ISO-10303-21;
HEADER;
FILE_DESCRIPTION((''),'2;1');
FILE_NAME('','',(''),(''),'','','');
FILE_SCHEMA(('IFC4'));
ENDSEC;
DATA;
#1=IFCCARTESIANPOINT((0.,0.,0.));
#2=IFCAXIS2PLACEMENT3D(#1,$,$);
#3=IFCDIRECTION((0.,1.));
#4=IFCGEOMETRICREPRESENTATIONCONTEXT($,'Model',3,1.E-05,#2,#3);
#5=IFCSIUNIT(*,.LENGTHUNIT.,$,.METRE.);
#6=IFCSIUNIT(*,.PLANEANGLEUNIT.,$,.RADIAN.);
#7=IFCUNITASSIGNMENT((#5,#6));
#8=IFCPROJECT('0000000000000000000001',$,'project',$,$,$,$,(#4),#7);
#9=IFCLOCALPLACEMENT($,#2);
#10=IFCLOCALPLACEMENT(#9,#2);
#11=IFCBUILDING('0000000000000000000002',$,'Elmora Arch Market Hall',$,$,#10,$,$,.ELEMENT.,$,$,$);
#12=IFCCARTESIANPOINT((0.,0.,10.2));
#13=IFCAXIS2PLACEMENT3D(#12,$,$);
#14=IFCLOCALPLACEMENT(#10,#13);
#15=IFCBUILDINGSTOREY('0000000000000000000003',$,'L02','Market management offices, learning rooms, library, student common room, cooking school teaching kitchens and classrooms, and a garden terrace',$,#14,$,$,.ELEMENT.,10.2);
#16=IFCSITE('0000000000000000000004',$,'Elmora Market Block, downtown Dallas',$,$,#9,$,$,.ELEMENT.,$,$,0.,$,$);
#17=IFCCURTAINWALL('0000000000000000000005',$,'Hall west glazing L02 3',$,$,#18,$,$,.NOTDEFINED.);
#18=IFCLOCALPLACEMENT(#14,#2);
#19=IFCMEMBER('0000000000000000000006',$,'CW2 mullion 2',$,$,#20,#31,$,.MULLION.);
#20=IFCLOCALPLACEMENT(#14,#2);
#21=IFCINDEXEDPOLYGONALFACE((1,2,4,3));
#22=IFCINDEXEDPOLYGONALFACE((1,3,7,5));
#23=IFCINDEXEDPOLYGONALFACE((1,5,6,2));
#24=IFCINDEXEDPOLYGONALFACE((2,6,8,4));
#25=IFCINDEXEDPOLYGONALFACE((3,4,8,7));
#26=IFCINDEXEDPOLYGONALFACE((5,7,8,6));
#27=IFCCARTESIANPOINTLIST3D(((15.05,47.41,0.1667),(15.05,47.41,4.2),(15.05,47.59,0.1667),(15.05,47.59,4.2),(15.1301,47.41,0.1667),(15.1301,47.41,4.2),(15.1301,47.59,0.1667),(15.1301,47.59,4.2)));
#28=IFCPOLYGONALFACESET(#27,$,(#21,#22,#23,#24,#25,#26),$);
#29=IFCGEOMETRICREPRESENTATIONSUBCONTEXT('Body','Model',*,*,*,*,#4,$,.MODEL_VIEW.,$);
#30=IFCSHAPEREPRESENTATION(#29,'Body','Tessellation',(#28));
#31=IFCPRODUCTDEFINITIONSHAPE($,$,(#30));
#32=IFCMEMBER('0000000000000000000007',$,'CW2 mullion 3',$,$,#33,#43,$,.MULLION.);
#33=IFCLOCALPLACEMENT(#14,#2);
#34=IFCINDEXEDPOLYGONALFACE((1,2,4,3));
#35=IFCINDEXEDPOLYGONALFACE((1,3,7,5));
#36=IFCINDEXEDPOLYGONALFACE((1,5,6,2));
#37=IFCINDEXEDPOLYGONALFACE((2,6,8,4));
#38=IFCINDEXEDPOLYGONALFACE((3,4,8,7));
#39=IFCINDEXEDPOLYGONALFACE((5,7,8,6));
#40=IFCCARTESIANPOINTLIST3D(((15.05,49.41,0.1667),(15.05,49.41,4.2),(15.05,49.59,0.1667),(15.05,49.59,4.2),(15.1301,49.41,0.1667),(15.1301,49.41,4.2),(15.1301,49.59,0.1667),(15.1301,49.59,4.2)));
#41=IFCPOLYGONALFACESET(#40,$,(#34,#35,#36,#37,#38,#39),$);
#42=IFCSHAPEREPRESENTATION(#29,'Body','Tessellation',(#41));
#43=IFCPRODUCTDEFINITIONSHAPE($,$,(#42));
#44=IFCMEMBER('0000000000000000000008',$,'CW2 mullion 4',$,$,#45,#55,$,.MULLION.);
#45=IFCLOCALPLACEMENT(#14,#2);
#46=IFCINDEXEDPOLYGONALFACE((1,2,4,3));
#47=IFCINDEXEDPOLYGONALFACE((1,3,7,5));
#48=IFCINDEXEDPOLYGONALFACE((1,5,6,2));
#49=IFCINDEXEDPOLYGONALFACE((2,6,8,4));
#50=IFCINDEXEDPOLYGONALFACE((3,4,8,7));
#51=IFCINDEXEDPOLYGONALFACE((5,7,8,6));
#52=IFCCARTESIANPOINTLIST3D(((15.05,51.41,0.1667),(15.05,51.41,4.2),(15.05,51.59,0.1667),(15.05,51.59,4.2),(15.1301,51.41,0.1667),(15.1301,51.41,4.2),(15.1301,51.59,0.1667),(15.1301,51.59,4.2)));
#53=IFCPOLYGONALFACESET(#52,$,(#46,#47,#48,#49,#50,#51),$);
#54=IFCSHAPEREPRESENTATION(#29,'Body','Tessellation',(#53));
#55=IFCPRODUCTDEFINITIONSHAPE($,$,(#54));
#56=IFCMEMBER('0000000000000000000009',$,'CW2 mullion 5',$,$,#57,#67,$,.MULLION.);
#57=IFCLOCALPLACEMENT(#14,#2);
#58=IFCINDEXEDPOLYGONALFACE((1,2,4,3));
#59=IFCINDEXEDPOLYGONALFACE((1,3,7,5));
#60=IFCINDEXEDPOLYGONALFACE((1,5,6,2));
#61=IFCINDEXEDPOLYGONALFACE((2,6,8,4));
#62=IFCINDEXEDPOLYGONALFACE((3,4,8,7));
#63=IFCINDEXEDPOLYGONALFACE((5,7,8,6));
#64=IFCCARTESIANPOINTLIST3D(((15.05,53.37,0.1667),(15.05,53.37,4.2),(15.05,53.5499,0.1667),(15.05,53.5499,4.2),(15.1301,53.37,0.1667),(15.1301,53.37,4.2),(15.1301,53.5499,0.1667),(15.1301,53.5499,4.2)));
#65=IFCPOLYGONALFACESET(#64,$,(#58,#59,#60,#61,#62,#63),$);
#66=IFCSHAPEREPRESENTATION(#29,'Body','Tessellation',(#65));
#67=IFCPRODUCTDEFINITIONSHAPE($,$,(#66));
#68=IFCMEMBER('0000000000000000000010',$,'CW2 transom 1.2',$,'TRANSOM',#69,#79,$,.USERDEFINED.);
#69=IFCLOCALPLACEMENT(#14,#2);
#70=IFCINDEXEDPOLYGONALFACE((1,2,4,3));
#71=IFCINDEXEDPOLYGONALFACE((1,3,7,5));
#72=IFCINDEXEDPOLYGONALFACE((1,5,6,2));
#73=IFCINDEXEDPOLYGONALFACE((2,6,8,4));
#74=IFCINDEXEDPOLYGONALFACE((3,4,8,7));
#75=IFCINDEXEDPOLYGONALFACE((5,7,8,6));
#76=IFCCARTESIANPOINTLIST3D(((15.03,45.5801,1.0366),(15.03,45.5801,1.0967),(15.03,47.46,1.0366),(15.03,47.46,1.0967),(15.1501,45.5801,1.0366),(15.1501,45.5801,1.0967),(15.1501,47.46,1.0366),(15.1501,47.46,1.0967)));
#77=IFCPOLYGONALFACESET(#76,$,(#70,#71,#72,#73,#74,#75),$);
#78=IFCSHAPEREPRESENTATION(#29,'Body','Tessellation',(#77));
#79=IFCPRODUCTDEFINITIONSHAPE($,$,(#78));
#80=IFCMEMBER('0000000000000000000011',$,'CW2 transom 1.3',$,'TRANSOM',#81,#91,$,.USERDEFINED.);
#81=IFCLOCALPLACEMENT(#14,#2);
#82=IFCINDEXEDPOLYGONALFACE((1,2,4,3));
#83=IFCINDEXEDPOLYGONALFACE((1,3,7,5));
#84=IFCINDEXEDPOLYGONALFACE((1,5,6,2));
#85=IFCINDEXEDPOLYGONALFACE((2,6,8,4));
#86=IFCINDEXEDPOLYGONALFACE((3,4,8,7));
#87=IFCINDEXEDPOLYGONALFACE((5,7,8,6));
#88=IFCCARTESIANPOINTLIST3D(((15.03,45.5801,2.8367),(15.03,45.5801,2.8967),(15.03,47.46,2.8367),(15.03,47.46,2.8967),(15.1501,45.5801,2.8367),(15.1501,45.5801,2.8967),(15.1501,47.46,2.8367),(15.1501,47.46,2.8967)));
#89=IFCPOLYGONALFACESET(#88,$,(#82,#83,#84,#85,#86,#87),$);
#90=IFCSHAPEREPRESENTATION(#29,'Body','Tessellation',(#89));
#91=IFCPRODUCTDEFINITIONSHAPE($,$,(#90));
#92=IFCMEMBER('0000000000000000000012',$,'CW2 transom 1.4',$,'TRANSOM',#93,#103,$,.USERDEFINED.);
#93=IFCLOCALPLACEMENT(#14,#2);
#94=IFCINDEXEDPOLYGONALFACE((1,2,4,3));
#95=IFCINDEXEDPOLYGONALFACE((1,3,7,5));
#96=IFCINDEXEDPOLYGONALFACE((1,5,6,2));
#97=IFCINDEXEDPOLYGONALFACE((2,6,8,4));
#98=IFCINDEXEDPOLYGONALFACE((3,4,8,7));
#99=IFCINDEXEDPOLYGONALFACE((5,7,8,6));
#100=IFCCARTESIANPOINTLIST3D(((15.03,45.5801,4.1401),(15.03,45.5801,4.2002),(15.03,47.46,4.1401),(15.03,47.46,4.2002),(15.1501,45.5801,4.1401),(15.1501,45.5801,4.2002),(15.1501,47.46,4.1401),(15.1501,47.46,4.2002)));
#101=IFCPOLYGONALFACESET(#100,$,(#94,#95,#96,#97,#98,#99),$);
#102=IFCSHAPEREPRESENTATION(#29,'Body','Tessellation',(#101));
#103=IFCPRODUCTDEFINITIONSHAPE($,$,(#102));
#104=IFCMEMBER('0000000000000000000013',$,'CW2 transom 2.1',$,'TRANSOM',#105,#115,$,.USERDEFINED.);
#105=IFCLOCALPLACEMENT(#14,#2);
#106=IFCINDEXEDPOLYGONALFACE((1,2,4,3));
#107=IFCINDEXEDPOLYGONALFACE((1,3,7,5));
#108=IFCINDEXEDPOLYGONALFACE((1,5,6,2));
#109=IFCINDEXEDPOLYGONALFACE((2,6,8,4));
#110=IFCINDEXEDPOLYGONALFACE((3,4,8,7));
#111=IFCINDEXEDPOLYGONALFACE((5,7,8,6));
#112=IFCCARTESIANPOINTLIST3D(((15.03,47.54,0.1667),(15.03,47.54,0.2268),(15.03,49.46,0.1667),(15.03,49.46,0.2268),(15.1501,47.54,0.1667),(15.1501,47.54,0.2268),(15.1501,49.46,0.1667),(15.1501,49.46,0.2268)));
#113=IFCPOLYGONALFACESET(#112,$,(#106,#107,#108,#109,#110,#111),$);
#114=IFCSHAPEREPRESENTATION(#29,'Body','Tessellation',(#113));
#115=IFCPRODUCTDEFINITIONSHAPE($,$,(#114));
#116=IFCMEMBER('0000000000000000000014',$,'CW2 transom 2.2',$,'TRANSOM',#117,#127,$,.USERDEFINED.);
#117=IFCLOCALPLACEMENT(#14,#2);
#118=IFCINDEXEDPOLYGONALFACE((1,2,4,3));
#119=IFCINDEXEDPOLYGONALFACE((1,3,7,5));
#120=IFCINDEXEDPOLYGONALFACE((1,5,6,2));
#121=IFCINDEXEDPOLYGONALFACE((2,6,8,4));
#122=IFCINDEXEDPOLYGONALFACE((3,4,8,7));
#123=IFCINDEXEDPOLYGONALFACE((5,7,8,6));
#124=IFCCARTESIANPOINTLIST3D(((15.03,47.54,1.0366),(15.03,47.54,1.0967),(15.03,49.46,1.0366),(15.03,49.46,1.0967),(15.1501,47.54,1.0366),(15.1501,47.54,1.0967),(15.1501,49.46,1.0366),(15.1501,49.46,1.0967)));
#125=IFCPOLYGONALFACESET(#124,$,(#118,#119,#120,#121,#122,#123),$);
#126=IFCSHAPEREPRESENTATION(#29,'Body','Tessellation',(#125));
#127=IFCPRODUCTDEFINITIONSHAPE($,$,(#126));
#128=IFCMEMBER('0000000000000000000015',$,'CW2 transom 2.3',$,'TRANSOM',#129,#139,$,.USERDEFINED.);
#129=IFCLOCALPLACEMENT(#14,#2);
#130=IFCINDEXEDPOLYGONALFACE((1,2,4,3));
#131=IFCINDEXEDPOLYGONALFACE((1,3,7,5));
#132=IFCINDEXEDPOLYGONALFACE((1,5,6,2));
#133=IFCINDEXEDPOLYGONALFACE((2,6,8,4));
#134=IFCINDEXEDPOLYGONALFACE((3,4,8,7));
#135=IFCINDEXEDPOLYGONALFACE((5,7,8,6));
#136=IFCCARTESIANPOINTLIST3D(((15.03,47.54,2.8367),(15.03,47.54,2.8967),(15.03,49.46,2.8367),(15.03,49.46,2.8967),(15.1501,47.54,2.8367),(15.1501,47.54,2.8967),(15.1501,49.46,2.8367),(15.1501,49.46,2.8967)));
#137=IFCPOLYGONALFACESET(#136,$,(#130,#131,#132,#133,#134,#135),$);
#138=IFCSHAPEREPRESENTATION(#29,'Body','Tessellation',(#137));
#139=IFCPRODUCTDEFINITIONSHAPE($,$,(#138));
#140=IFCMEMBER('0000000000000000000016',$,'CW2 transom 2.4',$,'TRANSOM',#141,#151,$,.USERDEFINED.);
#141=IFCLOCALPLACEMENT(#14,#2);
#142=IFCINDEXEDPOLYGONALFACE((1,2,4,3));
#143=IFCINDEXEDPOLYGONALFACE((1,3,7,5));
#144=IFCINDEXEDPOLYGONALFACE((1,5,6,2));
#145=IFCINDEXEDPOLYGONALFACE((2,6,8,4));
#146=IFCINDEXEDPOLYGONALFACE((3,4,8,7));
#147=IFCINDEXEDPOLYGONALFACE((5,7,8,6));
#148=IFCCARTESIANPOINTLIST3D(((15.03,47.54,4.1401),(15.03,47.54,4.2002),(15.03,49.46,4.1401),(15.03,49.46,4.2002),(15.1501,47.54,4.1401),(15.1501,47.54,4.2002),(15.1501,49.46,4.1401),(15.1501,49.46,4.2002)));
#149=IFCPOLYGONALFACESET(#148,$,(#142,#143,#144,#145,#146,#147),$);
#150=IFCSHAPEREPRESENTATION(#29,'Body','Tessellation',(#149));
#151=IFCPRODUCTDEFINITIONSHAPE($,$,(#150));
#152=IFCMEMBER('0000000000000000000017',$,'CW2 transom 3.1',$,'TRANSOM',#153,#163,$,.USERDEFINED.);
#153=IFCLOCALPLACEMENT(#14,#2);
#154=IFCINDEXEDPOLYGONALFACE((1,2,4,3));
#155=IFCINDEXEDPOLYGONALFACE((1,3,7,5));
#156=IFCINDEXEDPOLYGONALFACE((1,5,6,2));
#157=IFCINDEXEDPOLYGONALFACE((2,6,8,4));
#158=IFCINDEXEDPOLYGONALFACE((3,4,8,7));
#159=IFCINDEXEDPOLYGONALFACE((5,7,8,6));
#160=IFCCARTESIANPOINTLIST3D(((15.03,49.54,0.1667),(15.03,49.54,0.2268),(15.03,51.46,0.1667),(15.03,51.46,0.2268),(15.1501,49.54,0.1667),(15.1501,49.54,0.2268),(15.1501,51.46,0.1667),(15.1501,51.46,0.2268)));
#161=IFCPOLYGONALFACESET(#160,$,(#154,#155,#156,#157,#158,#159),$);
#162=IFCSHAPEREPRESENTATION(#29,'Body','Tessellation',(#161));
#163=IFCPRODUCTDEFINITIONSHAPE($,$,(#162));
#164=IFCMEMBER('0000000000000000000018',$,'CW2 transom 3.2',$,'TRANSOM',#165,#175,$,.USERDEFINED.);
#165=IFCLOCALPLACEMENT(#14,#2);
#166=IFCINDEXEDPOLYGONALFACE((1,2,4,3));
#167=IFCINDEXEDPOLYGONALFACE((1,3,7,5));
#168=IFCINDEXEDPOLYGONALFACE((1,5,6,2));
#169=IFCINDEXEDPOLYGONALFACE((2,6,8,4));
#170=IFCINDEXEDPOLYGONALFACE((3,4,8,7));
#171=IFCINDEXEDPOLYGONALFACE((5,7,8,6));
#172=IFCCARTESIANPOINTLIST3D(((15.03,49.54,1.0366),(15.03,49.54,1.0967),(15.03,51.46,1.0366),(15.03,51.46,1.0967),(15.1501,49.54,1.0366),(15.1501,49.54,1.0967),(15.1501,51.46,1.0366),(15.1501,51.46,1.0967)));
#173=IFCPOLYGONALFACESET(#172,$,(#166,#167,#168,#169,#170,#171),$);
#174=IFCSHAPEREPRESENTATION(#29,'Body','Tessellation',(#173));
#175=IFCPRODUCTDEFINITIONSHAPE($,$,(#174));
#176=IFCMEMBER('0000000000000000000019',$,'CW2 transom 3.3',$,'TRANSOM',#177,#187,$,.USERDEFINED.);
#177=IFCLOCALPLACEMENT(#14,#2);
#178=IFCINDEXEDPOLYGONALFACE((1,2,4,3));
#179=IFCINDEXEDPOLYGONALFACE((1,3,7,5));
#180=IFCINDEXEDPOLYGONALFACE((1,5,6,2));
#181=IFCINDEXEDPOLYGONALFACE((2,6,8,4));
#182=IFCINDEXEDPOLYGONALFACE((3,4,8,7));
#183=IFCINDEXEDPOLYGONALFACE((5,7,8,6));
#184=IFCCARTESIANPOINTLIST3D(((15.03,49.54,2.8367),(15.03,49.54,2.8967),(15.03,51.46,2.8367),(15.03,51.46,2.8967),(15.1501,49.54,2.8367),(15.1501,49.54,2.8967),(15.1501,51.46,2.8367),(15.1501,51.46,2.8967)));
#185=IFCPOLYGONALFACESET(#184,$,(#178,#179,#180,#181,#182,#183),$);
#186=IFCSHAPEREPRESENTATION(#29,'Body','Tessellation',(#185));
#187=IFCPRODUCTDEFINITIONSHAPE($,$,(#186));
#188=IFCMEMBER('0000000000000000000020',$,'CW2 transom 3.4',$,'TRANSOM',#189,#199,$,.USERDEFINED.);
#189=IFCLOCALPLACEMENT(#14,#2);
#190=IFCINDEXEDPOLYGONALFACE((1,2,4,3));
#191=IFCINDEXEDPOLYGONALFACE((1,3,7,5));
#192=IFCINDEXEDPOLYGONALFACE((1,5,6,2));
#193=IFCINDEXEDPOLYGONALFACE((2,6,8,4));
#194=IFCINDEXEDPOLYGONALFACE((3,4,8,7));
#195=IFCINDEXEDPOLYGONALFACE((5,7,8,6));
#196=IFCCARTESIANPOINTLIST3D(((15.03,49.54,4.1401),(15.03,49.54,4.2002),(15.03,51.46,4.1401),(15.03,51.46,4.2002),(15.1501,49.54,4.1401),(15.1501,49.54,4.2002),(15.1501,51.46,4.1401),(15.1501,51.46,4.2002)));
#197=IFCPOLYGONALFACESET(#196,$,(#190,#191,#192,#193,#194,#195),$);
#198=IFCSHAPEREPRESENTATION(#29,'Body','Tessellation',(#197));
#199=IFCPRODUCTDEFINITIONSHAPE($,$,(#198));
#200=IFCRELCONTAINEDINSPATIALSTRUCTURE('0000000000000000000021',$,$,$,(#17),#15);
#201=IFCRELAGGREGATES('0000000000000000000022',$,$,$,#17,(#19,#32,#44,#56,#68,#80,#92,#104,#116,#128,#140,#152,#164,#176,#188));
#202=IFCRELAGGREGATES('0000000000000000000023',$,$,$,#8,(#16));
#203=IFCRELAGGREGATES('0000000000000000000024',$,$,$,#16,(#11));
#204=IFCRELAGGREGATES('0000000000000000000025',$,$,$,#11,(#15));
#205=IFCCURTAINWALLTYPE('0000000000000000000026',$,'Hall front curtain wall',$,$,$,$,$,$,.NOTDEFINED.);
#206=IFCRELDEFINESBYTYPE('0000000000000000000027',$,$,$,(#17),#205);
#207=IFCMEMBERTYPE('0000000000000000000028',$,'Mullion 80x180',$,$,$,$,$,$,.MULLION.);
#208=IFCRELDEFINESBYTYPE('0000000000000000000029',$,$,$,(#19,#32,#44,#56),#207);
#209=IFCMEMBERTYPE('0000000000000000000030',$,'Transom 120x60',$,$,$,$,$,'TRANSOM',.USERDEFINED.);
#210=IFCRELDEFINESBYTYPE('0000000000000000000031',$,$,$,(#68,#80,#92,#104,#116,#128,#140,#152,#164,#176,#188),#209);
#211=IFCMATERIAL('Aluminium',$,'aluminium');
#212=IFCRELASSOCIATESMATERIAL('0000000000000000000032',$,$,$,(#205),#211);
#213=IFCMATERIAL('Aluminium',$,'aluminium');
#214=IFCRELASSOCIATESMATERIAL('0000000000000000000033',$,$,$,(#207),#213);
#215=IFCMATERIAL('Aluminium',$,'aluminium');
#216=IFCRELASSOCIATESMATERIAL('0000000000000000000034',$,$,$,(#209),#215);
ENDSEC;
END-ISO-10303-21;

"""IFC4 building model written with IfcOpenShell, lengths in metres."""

from ifc_helpers import new_model, si_unit, direction, frame, origin, origin_2d, place, context, subcontext, project, spatial, rectangle, extrude, material, material_profile, profile_set, type_object, element, aggregate, save


model = new_model("IFC4")

# Units and contexts
model_context = context("Model", 3, precision=1e-05, world=origin(), true_north=direction((0.0, 1.0)))
body_context = subcontext(model_context, "Body", "Model", "MODEL_VIEW")
ifc_project = project(units=[si_unit("LENGTHUNIT", "METRE"), si_unit("PLANEANGLEUNIT", "RADIAN")], contexts=[model_context])

# Site, building, storey
site_placement = place(None, origin())
site = spatial("IfcSite", under=ifc_project, at=site_placement, Name="Elmora Market Block, downtown Dallas", CompositionType="ELEMENT", RefElevation=0.0)
building_placement = place(site_placement, origin())
building = spatial("IfcBuilding", under=site, at=building_placement, Name="Elmora Arch Market Hall", CompositionType="ELEMENT")
storey_placement = place(building_placement, frame((0.0, 0.0, 10.2)))
storey = spatial("IfcBuildingStorey", under=building, at=storey_placement, Name="L02", Description="Market management offices, learning rooms, library, student common room, cooking school teaching kitchens and classrooms, and a garden terrace", CompositionType="ELEMENT", Elevation=10.2)

# Curtain wall, members
ifc_material_1 = material(Name="Aluminium", Category="aluminium")
curtain_wall_type = type_object("IfcCurtainWallType", Name="Hall front curtain wall", PredefinedType="NOTDEFINED", material=ifc_material_1)
curtain_wall_placement = place(storey_placement, origin())
curtain_wall = element("IfcCurtainWall", 1, at=curtain_wall_placement, inside=storey, type_object=curtain_wall_type, Name="Hall west glazing L02 3", PredefinedType="NOTDEFINED")
ifc_material_2 = material(Name="Aluminium", Category="aluminium")
ifc_material_profile_1 = material_profile(ifc_material_2, rectangle(XDim=0.0801, YDim=0.1799, at=origin_2d()), Name="AL 80x180")
ifc_profile_set_1 = profile_set([ifc_material_profile_1], Name="Aluminium")
member_type_1 = type_object("IfcMemberType", Name="Mullion 80x180", PredefinedType="MULLION", material=ifc_profile_set_1)
member_1_placement = place(storey_placement, frame((15.0901, 47.5, 0.1667), z_axis=(0.0, 0.0, 1.0), x_axis=(-1.0, 0.0, 0.0)))
member_1 = element("IfcMember", 2, at=member_1_placement, type_object=member_type_1, Name="CW2 mullion 2", PredefinedType="MULLION", context=body_context, shape_type="SweptSolid", body=[
    extrude(rectangle(XDim=0.0801, YDim=0.1799, at=origin_2d()), origin(), (0.0, 0.0, 1.0), 4.0332),
])
member_2_placement = place(storey_placement, frame((15.0901, 49.5, 0.1667), z_axis=(0.0, 0.0, 1.0), x_axis=(-1.0, 0.0, 0.0)))
member_2 = element("IfcMember", 3, at=member_2_placement, type_object=member_type_1, Name="CW2 mullion 3", PredefinedType="MULLION", context=body_context, shape_type="SweptSolid", body=[
    extrude(rectangle(XDim=0.0801, YDim=0.1799, at=origin_2d()), origin(), (0.0, 0.0, 1.0), 4.0332),
])
member_3_placement = place(storey_placement, frame((15.0901, 51.5, 0.1667), z_axis=(0.0, 0.0, 1.0), x_axis=(-1.0, 0.0, 0.0)))
member_3 = element("IfcMember", 4, at=member_3_placement, type_object=member_type_1, Name="CW2 mullion 4", PredefinedType="MULLION", context=body_context, shape_type="SweptSolid", body=[
    extrude(rectangle(XDim=0.0801, YDim=0.1799, at=origin_2d()), origin(), (0.0, 0.0, 1.0), 4.0332),
])
member_4_placement = place(storey_placement, frame((15.0901, 53.46, 0.1667), z_axis=(0.0, 0.0, 1.0), x_axis=(-1.0, 0.0, 0.0)))
member_4 = element("IfcMember", 5, at=member_4_placement, type_object=member_type_1, Name="CW2 mullion 5", PredefinedType="MULLION", context=body_context, shape_type="SweptSolid", body=[
    extrude(rectangle(XDim=0.0801, YDim=0.1799, at=origin_2d()), origin(), (0.0, 0.0, 1.0), 4.0332),
])
ifc_material_3 = material(Name="Aluminium", Category="aluminium")
ifc_material_profile_2 = material_profile(ifc_material_3, rectangle(XDim=0.1201, YDim=0.0601, at=origin_2d()), Name="AL 120x60")
ifc_profile_set_2 = profile_set([ifc_material_profile_2], Name="Aluminium")
member_type_2 = type_object("IfcMemberType", Name="Transom 120x60", ElementType="TRANSOM", PredefinedType="USERDEFINED", material=ifc_profile_set_2)
member_5_placement = place(storey_placement, frame((15.0901, 45.5801, 1.0667), z_axis=(0.0, 1.0, 0.0), x_axis=(-1.0, 0.0, 0.0)))
member_5 = element("IfcMember", 6, at=member_5_placement, type_object=member_type_2, Name="CW2 transom 1.2", ObjectType="TRANSOM", PredefinedType="USERDEFINED", context=body_context, shape_type="SweptSolid", body=[
    extrude(rectangle(XDim=0.1201, YDim=0.0601, at=origin_2d()), origin(), (0.0, 0.0, 1.0), 1.8799),
])
member_6_placement = place(storey_placement, frame((15.0901, 45.5801, 2.8667), z_axis=(0.0, 1.0, 0.0), x_axis=(-1.0, 0.0, 0.0)))
member_6 = element("IfcMember", 7, at=member_6_placement, type_object=member_type_2, Name="CW2 transom 1.3", ObjectType="TRANSOM", PredefinedType="USERDEFINED", context=body_context, shape_type="SweptSolid", body=[
    extrude(rectangle(XDim=0.1201, YDim=0.0601, at=origin_2d()), origin(), (0.0, 0.0, 1.0), 1.8799),
])
member_7_placement = place(storey_placement, frame((15.0901, 45.5801, 4.1702), z_axis=(0.0, 1.0, 0.0), x_axis=(-1.0, 0.0, 0.0)))
member_7 = element("IfcMember", 8, at=member_7_placement, type_object=member_type_2, Name="CW2 transom 1.4", ObjectType="TRANSOM", PredefinedType="USERDEFINED", context=body_context, shape_type="SweptSolid", body=[
    extrude(rectangle(XDim=0.1201, YDim=0.0601, at=origin_2d()), origin(), (0.0, 0.0, 1.0), 1.8799),
])
member_8_placement = place(storey_placement, frame((15.0901, 47.54, 0.1968), z_axis=(0.0, 1.0, 0.0), x_axis=(-1.0, 0.0, 0.0)))
member_8 = element("IfcMember", 9, at=member_8_placement, type_object=member_type_2, Name="CW2 transom 2.1", ObjectType="TRANSOM", PredefinedType="USERDEFINED", context=body_context, shape_type="SweptSolid", body=[
    extrude(rectangle(XDim=0.1201, YDim=0.0601, at=origin_2d()), origin(), (0.0, 0.0, 1.0), 1.9199),
])
member_9_placement = place(storey_placement, frame((15.0901, 47.54, 1.0667), z_axis=(0.0, 1.0, 0.0), x_axis=(-1.0, 0.0, 0.0)))
member_9 = element("IfcMember", 10, at=member_9_placement, type_object=member_type_2, Name="CW2 transom 2.2", ObjectType="TRANSOM", PredefinedType="USERDEFINED", context=body_context, shape_type="SweptSolid", body=[
    extrude(rectangle(XDim=0.1201, YDim=0.0601, at=origin_2d()), origin(), (0.0, 0.0, 1.0), 1.9199),
])
member_10_placement = place(storey_placement, frame((15.0901, 47.54, 2.8667), z_axis=(0.0, 1.0, 0.0), x_axis=(-1.0, 0.0, 0.0)))
member_10 = element("IfcMember", 11, at=member_10_placement, type_object=member_type_2, Name="CW2 transom 2.3", ObjectType="TRANSOM", PredefinedType="USERDEFINED", context=body_context, shape_type="SweptSolid", body=[
    extrude(rectangle(XDim=0.1201, YDim=0.0601, at=origin_2d()), origin(), (0.0, 0.0, 1.0), 1.9199),
])
member_11_placement = place(storey_placement, frame((15.0901, 47.54, 4.1702), z_axis=(0.0, 1.0, 0.0), x_axis=(-1.0, 0.0, 0.0)))
member_11 = element("IfcMember", 12, at=member_11_placement, type_object=member_type_2, Name="CW2 transom 2.4", ObjectType="TRANSOM", PredefinedType="USERDEFINED", context=body_context, shape_type="SweptSolid", body=[
    extrude(rectangle(XDim=0.1201, YDim=0.0601, at=origin_2d()), origin(), (0.0, 0.0, 1.0), 1.9199),
])
member_12_placement = place(storey_placement, frame((15.0901, 49.54, 0.1968), z_axis=(0.0, 1.0, 0.0), x_axis=(-1.0, 0.0, 0.0)))
member_12 = element("IfcMember", 13, at=member_12_placement, type_object=member_type_2, Name="CW2 transom 3.1", ObjectType="TRANSOM", PredefinedType="USERDEFINED", context=body_context, shape_type="SweptSolid", body=[
    extrude(rectangle(XDim=0.1201, YDim=0.0601, at=origin_2d()), origin(), (0.0, 0.0, 1.0), 1.9199),
])
member_13_placement = place(storey_placement, frame((15.0901, 49.54, 1.0667), z_axis=(0.0, 1.0, 0.0), x_axis=(-1.0, 0.0, 0.0)))
member_13 = element("IfcMember", 14, at=member_13_placement, type_object=member_type_2, Name="CW2 transom 3.2", ObjectType="TRANSOM", PredefinedType="USERDEFINED", context=body_context, shape_type="SweptSolid", body=[
    extrude(rectangle(XDim=0.1201, YDim=0.0601, at=origin_2d()), origin(), (0.0, 0.0, 1.0), 1.9199),
])
member_14_placement = place(storey_placement, frame((15.0901, 49.54, 2.8667), z_axis=(0.0, 1.0, 0.0), x_axis=(-1.0, 0.0, 0.0)))
member_14 = element("IfcMember", 15, at=member_14_placement, type_object=member_type_2, Name="CW2 transom 3.3", ObjectType="TRANSOM", PredefinedType="USERDEFINED", context=body_context, shape_type="SweptSolid", body=[
    extrude(rectangle(XDim=0.1201, YDim=0.0601, at=origin_2d()), origin(), (0.0, 0.0, 1.0), 1.9199),
])
member_15_placement = place(storey_placement, frame((15.0901, 49.54, 4.1702), z_axis=(0.0, 1.0, 0.0), x_axis=(-1.0, 0.0, 0.0)))
member_15 = element("IfcMember", 16, at=member_15_placement, type_object=member_type_2, Name="CW2 transom 3.4", ObjectType="TRANSOM", PredefinedType="USERDEFINED", context=body_context, shape_type="SweptSolid", body=[
    extrude(rectangle(XDim=0.1201, YDim=0.0601, at=origin_2d()), origin(), (0.0, 0.0, 1.0), 1.9199),
])
aggregate(curtain_wall, [member_1, member_2, member_3, member_4, member_5, member_6, member_7, member_8, member_9, member_10, member_11, member_12, member_13, member_14, member_15])

save(model, "model.ifc")
